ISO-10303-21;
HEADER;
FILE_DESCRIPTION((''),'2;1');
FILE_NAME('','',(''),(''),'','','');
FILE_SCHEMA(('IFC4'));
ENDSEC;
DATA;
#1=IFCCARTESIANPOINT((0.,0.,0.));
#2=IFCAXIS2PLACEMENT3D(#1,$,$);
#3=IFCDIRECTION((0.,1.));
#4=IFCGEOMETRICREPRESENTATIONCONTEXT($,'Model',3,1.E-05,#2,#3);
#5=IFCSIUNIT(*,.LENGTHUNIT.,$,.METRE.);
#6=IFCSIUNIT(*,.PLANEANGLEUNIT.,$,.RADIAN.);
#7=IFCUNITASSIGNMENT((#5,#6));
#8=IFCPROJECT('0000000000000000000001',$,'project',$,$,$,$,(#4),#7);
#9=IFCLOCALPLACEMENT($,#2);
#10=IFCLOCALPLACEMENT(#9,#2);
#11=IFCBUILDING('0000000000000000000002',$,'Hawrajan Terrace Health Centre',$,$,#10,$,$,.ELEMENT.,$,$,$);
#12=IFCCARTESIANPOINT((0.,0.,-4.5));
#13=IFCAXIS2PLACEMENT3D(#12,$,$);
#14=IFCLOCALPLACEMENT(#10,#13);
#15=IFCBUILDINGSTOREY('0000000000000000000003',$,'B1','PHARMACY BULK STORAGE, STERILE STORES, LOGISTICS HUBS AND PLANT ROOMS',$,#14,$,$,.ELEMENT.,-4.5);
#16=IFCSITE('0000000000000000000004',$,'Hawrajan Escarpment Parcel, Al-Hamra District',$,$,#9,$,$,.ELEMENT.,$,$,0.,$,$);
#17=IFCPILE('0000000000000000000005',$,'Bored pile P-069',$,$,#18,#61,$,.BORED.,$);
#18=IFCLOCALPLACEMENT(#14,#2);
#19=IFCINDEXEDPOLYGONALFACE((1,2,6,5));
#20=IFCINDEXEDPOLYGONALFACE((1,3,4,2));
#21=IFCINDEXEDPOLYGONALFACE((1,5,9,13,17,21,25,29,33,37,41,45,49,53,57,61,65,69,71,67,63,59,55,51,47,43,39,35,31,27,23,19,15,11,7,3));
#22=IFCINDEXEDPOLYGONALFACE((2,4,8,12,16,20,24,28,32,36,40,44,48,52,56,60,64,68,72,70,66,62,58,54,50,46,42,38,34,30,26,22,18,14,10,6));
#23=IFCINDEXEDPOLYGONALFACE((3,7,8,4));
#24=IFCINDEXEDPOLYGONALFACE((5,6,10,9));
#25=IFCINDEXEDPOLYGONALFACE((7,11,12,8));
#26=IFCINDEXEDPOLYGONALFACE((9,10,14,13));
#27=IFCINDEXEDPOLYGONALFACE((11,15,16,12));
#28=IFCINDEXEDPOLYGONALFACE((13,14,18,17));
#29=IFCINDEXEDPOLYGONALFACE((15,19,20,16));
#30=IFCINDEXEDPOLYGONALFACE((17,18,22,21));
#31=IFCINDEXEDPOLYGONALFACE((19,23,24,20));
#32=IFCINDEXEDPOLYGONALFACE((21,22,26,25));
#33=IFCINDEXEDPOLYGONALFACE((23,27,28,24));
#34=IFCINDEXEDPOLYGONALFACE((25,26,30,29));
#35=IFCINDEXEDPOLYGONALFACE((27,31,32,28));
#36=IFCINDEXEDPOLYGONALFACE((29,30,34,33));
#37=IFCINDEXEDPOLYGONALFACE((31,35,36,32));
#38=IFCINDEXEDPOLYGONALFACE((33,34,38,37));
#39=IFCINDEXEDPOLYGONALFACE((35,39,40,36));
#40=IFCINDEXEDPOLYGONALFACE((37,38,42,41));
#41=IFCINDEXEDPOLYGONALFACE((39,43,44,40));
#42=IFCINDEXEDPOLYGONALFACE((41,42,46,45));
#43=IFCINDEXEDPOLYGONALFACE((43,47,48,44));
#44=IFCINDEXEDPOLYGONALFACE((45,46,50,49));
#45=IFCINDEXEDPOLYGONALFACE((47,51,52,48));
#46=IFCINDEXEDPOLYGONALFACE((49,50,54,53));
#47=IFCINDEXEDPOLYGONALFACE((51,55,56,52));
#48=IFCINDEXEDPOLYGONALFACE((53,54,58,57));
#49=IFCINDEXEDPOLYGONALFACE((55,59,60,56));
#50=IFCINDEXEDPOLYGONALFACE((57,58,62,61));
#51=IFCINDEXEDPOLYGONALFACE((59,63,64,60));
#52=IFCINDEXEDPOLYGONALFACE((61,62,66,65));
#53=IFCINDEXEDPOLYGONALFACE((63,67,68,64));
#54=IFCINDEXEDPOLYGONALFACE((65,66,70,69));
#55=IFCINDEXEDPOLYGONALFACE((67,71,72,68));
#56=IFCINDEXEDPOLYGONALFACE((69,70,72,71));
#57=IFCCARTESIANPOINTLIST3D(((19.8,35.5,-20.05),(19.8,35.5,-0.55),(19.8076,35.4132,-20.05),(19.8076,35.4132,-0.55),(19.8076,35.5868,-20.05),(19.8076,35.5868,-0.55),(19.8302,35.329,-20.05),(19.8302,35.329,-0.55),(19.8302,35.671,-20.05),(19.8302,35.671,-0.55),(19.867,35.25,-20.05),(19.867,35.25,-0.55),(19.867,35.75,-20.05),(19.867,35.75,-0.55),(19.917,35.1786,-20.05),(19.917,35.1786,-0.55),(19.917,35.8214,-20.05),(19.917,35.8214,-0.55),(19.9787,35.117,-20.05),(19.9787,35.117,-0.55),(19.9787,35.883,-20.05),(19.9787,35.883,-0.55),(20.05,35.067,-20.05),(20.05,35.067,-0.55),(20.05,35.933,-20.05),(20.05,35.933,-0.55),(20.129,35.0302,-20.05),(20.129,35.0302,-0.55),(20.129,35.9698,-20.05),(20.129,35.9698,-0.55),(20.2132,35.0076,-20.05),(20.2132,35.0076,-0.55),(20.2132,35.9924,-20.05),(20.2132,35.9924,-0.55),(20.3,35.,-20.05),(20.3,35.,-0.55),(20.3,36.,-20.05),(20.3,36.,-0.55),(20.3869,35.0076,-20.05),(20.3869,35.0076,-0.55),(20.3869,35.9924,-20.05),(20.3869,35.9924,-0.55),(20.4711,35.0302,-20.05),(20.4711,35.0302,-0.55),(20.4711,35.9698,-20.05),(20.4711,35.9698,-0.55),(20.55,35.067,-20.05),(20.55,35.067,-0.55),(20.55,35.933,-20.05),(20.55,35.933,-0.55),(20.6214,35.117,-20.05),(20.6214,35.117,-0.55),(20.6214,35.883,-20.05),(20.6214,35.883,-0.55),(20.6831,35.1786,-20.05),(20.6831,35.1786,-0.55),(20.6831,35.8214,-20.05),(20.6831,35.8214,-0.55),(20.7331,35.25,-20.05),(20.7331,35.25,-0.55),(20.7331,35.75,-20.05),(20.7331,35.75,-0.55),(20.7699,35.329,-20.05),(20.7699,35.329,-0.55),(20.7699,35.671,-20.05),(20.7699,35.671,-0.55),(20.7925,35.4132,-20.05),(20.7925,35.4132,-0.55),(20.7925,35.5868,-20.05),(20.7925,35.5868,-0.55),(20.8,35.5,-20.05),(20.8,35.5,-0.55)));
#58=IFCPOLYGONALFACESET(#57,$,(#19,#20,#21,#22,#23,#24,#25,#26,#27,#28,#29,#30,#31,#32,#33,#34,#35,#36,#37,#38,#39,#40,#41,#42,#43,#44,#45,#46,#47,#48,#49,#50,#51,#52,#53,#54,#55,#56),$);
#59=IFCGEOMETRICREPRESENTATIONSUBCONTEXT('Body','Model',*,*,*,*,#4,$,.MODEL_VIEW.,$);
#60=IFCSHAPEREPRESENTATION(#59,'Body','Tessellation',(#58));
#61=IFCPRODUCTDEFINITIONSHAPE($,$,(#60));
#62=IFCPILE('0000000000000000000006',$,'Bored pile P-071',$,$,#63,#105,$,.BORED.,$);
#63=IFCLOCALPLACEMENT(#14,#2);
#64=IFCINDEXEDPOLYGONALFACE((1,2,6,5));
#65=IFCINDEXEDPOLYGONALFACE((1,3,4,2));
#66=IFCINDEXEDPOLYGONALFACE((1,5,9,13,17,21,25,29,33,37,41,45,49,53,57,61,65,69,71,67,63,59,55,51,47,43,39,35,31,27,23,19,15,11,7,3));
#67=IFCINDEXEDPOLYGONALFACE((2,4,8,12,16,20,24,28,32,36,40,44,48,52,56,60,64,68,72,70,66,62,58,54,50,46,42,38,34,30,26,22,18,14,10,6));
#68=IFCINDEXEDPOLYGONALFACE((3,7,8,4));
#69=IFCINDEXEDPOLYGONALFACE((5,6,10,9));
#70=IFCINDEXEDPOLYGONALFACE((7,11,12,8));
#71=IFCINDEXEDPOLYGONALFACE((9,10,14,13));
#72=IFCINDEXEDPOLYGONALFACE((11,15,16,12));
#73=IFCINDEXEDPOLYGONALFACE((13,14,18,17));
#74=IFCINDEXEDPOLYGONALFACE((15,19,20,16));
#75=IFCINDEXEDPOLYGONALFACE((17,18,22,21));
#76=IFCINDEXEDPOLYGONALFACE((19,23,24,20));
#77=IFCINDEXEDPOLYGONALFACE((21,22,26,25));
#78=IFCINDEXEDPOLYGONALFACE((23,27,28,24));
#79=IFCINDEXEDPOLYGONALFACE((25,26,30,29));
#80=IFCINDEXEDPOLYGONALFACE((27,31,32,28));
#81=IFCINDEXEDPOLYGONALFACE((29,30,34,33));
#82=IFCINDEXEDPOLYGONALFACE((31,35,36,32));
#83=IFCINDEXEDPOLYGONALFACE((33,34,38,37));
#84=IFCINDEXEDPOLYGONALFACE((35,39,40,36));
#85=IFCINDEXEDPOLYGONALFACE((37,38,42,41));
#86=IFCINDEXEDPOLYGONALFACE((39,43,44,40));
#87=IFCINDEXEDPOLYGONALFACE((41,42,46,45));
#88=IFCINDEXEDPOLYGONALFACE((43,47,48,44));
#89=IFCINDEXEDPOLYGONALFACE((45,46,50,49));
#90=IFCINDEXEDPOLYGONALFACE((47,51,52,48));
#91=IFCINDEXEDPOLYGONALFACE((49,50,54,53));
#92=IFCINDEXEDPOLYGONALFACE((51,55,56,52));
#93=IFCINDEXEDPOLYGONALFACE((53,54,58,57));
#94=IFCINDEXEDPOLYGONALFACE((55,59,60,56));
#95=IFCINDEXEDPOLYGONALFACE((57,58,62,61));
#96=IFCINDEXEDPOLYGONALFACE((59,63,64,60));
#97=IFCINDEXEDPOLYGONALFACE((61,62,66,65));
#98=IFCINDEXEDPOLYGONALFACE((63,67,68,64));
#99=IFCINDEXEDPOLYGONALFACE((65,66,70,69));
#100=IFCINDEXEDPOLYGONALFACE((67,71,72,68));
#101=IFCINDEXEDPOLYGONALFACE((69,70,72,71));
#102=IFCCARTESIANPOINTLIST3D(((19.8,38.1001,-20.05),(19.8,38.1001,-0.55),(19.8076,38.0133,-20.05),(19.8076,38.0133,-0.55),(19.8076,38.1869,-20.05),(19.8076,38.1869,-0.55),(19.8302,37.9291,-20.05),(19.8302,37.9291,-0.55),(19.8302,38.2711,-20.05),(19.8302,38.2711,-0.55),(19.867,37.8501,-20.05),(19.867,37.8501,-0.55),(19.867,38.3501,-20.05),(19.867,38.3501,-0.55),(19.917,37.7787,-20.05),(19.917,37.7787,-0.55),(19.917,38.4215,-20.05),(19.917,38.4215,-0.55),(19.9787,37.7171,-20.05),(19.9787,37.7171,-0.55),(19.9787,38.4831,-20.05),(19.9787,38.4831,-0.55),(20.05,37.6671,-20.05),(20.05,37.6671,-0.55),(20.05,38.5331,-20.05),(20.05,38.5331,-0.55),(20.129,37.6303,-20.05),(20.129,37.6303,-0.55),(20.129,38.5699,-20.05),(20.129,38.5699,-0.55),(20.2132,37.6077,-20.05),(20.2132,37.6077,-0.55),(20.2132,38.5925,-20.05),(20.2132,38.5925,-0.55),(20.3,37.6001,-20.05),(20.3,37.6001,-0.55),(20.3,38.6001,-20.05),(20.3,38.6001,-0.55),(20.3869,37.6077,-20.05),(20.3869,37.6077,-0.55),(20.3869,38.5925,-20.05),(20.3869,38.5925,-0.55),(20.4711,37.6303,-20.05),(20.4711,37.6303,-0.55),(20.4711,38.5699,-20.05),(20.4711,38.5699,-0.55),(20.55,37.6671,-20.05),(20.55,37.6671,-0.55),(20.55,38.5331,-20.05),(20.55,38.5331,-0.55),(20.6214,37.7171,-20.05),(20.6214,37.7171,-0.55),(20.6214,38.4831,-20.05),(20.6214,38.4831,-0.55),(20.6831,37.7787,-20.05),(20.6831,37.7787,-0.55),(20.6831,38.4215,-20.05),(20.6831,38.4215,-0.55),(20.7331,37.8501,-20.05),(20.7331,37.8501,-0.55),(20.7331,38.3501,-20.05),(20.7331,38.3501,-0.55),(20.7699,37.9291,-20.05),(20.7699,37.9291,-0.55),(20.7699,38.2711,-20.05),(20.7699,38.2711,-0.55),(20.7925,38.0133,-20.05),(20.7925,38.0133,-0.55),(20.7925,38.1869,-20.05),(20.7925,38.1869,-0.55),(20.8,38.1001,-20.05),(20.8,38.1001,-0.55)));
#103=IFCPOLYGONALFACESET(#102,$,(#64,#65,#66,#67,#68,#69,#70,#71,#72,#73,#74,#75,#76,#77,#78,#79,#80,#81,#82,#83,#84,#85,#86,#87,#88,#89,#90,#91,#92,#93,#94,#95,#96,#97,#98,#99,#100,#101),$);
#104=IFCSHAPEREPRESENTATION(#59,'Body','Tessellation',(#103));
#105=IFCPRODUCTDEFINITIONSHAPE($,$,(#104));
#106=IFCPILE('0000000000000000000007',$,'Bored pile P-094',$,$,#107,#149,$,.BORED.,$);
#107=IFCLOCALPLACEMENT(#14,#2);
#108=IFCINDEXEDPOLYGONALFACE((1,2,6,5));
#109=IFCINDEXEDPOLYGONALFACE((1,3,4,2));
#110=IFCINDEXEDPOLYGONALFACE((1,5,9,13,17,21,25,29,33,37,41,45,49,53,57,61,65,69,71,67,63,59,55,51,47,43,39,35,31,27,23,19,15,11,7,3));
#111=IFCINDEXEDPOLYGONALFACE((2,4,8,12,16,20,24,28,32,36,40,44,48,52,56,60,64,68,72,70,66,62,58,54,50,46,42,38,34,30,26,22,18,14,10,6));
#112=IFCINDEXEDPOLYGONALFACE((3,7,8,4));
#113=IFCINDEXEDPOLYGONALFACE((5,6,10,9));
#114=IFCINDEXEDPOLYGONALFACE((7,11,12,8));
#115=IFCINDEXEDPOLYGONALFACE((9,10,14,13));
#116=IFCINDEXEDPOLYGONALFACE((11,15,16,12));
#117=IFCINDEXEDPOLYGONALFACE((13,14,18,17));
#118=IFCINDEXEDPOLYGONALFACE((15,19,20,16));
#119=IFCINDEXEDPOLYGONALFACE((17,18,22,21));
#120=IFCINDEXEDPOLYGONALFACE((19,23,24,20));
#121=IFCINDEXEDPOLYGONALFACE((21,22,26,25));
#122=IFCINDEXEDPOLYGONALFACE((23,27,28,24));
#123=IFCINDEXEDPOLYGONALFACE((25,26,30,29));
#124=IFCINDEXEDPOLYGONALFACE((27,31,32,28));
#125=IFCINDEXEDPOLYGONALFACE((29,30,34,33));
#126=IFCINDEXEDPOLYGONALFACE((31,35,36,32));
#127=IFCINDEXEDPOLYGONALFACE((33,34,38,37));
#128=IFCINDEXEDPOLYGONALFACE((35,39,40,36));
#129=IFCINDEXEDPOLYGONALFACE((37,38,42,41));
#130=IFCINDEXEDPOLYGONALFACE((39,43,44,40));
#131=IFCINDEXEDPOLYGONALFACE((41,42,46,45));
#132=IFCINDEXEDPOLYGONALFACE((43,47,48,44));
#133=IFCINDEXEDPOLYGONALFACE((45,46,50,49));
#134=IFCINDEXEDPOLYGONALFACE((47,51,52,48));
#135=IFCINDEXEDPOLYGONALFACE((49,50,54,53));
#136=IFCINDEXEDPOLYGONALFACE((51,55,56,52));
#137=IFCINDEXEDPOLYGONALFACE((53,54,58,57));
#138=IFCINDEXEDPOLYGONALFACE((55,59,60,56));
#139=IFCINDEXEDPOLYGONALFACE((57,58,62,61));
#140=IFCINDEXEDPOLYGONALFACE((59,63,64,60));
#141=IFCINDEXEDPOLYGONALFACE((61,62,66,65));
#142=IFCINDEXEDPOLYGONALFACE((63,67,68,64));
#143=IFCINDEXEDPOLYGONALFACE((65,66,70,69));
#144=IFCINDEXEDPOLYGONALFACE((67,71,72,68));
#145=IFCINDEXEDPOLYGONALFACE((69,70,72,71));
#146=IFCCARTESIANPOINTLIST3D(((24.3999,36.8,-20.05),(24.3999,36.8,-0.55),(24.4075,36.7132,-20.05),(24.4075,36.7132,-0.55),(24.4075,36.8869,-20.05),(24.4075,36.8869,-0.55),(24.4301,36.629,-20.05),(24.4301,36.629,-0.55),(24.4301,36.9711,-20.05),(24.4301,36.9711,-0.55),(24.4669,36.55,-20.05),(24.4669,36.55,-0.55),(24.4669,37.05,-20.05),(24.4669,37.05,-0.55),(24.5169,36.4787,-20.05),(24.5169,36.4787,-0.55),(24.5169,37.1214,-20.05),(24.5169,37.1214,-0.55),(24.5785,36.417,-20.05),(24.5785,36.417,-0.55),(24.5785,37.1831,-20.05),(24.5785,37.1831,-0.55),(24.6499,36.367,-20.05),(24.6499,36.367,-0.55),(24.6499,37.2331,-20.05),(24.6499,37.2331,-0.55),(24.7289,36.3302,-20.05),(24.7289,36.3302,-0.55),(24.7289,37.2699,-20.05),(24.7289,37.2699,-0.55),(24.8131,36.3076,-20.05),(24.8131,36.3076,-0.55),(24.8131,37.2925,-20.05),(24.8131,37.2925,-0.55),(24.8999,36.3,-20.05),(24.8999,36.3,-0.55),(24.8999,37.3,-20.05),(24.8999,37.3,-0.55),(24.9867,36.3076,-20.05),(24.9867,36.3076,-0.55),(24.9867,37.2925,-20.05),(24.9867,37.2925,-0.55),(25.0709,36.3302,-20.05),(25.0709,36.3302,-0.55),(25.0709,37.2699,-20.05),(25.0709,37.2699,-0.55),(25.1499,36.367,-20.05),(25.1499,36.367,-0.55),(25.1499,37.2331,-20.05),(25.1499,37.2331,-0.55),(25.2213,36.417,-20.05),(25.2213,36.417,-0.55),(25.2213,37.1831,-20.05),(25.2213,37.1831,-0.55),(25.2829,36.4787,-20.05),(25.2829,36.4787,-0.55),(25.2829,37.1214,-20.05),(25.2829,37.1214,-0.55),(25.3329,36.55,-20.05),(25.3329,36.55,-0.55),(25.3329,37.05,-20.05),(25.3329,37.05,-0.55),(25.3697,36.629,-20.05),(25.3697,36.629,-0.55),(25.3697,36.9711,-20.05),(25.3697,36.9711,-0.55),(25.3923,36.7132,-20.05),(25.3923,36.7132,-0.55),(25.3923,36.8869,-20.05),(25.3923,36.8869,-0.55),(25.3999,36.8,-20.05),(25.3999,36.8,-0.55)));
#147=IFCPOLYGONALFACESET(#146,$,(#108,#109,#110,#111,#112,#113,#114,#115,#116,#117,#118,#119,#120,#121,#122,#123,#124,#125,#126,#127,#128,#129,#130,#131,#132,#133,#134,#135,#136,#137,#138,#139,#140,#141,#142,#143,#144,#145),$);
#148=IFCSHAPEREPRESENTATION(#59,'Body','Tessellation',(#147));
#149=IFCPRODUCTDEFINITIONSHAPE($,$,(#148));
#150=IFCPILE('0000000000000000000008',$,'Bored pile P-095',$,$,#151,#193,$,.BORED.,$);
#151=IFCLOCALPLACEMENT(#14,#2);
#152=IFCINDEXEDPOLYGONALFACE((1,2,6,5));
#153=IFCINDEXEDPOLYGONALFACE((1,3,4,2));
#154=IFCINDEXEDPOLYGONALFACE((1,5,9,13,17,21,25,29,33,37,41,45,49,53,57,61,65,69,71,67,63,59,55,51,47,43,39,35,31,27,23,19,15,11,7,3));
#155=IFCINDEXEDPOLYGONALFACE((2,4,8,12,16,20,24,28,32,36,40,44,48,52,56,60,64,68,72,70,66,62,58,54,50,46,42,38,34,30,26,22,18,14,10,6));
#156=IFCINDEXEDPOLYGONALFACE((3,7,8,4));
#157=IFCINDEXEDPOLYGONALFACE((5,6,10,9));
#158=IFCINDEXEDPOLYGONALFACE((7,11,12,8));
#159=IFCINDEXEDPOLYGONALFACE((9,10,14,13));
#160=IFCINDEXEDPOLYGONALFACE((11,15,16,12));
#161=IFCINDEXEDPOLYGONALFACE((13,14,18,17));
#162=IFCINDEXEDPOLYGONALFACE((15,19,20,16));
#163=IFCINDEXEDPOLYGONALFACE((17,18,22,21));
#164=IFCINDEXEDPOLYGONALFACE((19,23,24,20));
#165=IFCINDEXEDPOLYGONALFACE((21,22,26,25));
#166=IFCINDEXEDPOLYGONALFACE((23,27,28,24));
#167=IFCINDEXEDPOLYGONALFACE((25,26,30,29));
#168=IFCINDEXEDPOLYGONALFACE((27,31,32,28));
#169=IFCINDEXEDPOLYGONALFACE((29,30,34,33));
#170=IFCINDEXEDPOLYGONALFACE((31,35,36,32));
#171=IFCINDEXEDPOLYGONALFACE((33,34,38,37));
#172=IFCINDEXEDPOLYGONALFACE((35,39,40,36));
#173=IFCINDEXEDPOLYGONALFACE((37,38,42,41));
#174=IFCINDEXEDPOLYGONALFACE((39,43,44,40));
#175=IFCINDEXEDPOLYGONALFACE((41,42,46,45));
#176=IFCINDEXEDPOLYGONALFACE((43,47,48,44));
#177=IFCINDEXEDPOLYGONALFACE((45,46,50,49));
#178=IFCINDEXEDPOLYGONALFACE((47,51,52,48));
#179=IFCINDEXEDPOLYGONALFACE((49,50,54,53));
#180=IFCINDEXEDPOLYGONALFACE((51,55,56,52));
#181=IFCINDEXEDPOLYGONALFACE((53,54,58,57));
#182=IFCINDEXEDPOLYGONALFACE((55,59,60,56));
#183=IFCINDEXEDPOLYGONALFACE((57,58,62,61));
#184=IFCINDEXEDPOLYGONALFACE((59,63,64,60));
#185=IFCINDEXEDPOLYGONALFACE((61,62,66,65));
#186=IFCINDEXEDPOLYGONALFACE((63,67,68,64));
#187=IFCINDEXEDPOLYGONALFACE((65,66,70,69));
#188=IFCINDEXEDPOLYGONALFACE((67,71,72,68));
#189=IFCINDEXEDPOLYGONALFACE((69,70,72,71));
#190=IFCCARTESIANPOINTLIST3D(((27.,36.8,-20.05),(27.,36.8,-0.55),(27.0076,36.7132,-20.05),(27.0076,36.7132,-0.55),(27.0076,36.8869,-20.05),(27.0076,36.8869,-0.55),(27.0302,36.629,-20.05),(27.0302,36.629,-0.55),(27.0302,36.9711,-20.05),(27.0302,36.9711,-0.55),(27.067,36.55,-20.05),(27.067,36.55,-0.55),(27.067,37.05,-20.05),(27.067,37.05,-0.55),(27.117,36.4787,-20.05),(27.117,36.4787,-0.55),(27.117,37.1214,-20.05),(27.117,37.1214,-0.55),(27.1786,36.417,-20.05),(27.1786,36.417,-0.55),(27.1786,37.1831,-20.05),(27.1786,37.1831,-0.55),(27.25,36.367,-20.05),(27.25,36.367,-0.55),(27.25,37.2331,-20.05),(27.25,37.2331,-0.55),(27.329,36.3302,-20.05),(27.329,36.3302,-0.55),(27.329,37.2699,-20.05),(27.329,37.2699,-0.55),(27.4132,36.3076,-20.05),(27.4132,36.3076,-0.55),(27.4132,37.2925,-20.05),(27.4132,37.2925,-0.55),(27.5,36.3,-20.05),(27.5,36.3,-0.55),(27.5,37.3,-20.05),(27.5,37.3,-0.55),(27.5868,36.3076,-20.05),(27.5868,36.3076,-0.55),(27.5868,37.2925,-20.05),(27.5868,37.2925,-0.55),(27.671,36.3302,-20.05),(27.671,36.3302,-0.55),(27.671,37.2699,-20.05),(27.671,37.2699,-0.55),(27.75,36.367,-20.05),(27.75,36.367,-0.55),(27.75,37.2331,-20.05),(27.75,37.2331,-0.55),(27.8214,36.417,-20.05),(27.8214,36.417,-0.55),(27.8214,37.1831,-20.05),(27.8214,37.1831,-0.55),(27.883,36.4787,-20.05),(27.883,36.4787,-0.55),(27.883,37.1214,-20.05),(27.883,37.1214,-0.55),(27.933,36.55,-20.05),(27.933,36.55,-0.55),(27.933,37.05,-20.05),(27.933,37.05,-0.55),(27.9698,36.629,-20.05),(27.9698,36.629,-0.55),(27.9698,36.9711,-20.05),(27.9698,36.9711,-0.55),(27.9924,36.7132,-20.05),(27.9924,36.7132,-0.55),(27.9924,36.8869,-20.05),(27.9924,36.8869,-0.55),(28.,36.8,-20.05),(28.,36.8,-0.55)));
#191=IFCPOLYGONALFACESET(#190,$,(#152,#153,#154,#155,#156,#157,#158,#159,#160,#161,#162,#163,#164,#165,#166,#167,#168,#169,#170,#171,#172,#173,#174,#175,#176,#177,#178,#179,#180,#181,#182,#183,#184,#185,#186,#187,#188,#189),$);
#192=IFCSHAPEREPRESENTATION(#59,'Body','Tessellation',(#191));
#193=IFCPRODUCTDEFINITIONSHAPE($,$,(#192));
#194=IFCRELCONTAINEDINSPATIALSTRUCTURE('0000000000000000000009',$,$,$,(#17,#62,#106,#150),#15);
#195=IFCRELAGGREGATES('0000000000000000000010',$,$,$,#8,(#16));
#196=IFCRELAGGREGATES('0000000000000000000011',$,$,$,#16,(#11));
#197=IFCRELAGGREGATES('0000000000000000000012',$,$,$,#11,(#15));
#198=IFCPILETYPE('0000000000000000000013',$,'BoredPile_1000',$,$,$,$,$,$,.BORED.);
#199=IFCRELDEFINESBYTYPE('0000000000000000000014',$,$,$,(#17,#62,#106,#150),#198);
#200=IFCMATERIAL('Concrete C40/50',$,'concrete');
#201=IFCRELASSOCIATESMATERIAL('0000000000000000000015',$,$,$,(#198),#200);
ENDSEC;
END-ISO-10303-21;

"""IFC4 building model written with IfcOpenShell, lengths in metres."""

from ifc_helpers import new_model, si_unit, direction, frame, origin, origin_2d, place, context, subcontext, project, spatial, circle, extrude, material, material_profile, profile_set, type_object, element, save


model = new_model("IFC4")

# Units and contexts
model_context = context("Model", 3, precision=1e-05, world=origin(), true_north=direction((0.0, 1.0)))
body_context = subcontext(model_context, "Body", "Model", "MODEL_VIEW")
ifc_project = project(units=[si_unit("LENGTHUNIT", "METRE"), si_unit("PLANEANGLEUNIT", "RADIAN")], contexts=[model_context])

# Site, building, storey
site_placement = place(None, origin())
site = spatial("IfcSite", under=ifc_project, at=site_placement, Name="Hawrajan Escarpment Parcel, Al-Hamra District", CompositionType="ELEMENT", RefElevation=0.0)
building_placement = place(site_placement, origin())
building = spatial("IfcBuilding", under=site, at=building_placement, Name="Hawrajan Terrace Health Centre", CompositionType="ELEMENT")
storey_placement = place(building_placement, frame((0.0, 0.0, -4.5)))
storey = spatial("IfcBuildingStorey", under=building, at=storey_placement, Name="B1", Description="PHARMACY BULK STORAGE, STERILE STORES, LOGISTICS HUBS AND PLANT ROOMS", CompositionType="ELEMENT", Elevation=-4.5)

# Piles
ifc_material_1 = material(Name="Concrete C40/50", Category="concrete")
ifc_material_profile_1 = material_profile(ifc_material_1, circle(Radius=0.5, at=origin_2d()), Name="BP 1000")
ifc_profile_set_1 = profile_set([ifc_material_profile_1], Name="Concrete C40/50")
pile_type_1 = type_object("IfcPileType", Name="BoredPile_1000", PredefinedType="BORED", material=ifc_profile_set_1)
for number, where, z_axis, x_axis, name in (
    (1, (20.3, 35.5, -0.55), (0.0, 0.0, -1.0), (1.0, 0.0, 0.0), "Bored pile P-069"),
    (2, (20.3, 38.1001, -0.55), (0.0, 0.0, -1.0), (1.0, 0.0, 0.0), "Bored pile P-071"),
    (3, (24.8999, 36.8, -0.55), (0.0, 0.0, -1.0), (1.0, 0.0, 0.0), "Bored pile P-094"),
    (4, (27.5, 36.8, -0.55), (0.0, 0.0, -1.0), (1.0, 0.0, 0.0), "Bored pile P-095"),
):
    element("IfcPile", number, at=place(storey_placement, frame(where, z_axis=z_axis, x_axis=x_axis)), inside=storey, type_object=pile_type_1, Name=name, PredefinedType="BORED", context=body_context, shape_type="SweptSolid", body=[
        extrude(circle(Radius=0.5, at=origin_2d()), origin(), (0.0, 0.0, 1.0), 19.5),
    ])

save(model, "model.ifc")
